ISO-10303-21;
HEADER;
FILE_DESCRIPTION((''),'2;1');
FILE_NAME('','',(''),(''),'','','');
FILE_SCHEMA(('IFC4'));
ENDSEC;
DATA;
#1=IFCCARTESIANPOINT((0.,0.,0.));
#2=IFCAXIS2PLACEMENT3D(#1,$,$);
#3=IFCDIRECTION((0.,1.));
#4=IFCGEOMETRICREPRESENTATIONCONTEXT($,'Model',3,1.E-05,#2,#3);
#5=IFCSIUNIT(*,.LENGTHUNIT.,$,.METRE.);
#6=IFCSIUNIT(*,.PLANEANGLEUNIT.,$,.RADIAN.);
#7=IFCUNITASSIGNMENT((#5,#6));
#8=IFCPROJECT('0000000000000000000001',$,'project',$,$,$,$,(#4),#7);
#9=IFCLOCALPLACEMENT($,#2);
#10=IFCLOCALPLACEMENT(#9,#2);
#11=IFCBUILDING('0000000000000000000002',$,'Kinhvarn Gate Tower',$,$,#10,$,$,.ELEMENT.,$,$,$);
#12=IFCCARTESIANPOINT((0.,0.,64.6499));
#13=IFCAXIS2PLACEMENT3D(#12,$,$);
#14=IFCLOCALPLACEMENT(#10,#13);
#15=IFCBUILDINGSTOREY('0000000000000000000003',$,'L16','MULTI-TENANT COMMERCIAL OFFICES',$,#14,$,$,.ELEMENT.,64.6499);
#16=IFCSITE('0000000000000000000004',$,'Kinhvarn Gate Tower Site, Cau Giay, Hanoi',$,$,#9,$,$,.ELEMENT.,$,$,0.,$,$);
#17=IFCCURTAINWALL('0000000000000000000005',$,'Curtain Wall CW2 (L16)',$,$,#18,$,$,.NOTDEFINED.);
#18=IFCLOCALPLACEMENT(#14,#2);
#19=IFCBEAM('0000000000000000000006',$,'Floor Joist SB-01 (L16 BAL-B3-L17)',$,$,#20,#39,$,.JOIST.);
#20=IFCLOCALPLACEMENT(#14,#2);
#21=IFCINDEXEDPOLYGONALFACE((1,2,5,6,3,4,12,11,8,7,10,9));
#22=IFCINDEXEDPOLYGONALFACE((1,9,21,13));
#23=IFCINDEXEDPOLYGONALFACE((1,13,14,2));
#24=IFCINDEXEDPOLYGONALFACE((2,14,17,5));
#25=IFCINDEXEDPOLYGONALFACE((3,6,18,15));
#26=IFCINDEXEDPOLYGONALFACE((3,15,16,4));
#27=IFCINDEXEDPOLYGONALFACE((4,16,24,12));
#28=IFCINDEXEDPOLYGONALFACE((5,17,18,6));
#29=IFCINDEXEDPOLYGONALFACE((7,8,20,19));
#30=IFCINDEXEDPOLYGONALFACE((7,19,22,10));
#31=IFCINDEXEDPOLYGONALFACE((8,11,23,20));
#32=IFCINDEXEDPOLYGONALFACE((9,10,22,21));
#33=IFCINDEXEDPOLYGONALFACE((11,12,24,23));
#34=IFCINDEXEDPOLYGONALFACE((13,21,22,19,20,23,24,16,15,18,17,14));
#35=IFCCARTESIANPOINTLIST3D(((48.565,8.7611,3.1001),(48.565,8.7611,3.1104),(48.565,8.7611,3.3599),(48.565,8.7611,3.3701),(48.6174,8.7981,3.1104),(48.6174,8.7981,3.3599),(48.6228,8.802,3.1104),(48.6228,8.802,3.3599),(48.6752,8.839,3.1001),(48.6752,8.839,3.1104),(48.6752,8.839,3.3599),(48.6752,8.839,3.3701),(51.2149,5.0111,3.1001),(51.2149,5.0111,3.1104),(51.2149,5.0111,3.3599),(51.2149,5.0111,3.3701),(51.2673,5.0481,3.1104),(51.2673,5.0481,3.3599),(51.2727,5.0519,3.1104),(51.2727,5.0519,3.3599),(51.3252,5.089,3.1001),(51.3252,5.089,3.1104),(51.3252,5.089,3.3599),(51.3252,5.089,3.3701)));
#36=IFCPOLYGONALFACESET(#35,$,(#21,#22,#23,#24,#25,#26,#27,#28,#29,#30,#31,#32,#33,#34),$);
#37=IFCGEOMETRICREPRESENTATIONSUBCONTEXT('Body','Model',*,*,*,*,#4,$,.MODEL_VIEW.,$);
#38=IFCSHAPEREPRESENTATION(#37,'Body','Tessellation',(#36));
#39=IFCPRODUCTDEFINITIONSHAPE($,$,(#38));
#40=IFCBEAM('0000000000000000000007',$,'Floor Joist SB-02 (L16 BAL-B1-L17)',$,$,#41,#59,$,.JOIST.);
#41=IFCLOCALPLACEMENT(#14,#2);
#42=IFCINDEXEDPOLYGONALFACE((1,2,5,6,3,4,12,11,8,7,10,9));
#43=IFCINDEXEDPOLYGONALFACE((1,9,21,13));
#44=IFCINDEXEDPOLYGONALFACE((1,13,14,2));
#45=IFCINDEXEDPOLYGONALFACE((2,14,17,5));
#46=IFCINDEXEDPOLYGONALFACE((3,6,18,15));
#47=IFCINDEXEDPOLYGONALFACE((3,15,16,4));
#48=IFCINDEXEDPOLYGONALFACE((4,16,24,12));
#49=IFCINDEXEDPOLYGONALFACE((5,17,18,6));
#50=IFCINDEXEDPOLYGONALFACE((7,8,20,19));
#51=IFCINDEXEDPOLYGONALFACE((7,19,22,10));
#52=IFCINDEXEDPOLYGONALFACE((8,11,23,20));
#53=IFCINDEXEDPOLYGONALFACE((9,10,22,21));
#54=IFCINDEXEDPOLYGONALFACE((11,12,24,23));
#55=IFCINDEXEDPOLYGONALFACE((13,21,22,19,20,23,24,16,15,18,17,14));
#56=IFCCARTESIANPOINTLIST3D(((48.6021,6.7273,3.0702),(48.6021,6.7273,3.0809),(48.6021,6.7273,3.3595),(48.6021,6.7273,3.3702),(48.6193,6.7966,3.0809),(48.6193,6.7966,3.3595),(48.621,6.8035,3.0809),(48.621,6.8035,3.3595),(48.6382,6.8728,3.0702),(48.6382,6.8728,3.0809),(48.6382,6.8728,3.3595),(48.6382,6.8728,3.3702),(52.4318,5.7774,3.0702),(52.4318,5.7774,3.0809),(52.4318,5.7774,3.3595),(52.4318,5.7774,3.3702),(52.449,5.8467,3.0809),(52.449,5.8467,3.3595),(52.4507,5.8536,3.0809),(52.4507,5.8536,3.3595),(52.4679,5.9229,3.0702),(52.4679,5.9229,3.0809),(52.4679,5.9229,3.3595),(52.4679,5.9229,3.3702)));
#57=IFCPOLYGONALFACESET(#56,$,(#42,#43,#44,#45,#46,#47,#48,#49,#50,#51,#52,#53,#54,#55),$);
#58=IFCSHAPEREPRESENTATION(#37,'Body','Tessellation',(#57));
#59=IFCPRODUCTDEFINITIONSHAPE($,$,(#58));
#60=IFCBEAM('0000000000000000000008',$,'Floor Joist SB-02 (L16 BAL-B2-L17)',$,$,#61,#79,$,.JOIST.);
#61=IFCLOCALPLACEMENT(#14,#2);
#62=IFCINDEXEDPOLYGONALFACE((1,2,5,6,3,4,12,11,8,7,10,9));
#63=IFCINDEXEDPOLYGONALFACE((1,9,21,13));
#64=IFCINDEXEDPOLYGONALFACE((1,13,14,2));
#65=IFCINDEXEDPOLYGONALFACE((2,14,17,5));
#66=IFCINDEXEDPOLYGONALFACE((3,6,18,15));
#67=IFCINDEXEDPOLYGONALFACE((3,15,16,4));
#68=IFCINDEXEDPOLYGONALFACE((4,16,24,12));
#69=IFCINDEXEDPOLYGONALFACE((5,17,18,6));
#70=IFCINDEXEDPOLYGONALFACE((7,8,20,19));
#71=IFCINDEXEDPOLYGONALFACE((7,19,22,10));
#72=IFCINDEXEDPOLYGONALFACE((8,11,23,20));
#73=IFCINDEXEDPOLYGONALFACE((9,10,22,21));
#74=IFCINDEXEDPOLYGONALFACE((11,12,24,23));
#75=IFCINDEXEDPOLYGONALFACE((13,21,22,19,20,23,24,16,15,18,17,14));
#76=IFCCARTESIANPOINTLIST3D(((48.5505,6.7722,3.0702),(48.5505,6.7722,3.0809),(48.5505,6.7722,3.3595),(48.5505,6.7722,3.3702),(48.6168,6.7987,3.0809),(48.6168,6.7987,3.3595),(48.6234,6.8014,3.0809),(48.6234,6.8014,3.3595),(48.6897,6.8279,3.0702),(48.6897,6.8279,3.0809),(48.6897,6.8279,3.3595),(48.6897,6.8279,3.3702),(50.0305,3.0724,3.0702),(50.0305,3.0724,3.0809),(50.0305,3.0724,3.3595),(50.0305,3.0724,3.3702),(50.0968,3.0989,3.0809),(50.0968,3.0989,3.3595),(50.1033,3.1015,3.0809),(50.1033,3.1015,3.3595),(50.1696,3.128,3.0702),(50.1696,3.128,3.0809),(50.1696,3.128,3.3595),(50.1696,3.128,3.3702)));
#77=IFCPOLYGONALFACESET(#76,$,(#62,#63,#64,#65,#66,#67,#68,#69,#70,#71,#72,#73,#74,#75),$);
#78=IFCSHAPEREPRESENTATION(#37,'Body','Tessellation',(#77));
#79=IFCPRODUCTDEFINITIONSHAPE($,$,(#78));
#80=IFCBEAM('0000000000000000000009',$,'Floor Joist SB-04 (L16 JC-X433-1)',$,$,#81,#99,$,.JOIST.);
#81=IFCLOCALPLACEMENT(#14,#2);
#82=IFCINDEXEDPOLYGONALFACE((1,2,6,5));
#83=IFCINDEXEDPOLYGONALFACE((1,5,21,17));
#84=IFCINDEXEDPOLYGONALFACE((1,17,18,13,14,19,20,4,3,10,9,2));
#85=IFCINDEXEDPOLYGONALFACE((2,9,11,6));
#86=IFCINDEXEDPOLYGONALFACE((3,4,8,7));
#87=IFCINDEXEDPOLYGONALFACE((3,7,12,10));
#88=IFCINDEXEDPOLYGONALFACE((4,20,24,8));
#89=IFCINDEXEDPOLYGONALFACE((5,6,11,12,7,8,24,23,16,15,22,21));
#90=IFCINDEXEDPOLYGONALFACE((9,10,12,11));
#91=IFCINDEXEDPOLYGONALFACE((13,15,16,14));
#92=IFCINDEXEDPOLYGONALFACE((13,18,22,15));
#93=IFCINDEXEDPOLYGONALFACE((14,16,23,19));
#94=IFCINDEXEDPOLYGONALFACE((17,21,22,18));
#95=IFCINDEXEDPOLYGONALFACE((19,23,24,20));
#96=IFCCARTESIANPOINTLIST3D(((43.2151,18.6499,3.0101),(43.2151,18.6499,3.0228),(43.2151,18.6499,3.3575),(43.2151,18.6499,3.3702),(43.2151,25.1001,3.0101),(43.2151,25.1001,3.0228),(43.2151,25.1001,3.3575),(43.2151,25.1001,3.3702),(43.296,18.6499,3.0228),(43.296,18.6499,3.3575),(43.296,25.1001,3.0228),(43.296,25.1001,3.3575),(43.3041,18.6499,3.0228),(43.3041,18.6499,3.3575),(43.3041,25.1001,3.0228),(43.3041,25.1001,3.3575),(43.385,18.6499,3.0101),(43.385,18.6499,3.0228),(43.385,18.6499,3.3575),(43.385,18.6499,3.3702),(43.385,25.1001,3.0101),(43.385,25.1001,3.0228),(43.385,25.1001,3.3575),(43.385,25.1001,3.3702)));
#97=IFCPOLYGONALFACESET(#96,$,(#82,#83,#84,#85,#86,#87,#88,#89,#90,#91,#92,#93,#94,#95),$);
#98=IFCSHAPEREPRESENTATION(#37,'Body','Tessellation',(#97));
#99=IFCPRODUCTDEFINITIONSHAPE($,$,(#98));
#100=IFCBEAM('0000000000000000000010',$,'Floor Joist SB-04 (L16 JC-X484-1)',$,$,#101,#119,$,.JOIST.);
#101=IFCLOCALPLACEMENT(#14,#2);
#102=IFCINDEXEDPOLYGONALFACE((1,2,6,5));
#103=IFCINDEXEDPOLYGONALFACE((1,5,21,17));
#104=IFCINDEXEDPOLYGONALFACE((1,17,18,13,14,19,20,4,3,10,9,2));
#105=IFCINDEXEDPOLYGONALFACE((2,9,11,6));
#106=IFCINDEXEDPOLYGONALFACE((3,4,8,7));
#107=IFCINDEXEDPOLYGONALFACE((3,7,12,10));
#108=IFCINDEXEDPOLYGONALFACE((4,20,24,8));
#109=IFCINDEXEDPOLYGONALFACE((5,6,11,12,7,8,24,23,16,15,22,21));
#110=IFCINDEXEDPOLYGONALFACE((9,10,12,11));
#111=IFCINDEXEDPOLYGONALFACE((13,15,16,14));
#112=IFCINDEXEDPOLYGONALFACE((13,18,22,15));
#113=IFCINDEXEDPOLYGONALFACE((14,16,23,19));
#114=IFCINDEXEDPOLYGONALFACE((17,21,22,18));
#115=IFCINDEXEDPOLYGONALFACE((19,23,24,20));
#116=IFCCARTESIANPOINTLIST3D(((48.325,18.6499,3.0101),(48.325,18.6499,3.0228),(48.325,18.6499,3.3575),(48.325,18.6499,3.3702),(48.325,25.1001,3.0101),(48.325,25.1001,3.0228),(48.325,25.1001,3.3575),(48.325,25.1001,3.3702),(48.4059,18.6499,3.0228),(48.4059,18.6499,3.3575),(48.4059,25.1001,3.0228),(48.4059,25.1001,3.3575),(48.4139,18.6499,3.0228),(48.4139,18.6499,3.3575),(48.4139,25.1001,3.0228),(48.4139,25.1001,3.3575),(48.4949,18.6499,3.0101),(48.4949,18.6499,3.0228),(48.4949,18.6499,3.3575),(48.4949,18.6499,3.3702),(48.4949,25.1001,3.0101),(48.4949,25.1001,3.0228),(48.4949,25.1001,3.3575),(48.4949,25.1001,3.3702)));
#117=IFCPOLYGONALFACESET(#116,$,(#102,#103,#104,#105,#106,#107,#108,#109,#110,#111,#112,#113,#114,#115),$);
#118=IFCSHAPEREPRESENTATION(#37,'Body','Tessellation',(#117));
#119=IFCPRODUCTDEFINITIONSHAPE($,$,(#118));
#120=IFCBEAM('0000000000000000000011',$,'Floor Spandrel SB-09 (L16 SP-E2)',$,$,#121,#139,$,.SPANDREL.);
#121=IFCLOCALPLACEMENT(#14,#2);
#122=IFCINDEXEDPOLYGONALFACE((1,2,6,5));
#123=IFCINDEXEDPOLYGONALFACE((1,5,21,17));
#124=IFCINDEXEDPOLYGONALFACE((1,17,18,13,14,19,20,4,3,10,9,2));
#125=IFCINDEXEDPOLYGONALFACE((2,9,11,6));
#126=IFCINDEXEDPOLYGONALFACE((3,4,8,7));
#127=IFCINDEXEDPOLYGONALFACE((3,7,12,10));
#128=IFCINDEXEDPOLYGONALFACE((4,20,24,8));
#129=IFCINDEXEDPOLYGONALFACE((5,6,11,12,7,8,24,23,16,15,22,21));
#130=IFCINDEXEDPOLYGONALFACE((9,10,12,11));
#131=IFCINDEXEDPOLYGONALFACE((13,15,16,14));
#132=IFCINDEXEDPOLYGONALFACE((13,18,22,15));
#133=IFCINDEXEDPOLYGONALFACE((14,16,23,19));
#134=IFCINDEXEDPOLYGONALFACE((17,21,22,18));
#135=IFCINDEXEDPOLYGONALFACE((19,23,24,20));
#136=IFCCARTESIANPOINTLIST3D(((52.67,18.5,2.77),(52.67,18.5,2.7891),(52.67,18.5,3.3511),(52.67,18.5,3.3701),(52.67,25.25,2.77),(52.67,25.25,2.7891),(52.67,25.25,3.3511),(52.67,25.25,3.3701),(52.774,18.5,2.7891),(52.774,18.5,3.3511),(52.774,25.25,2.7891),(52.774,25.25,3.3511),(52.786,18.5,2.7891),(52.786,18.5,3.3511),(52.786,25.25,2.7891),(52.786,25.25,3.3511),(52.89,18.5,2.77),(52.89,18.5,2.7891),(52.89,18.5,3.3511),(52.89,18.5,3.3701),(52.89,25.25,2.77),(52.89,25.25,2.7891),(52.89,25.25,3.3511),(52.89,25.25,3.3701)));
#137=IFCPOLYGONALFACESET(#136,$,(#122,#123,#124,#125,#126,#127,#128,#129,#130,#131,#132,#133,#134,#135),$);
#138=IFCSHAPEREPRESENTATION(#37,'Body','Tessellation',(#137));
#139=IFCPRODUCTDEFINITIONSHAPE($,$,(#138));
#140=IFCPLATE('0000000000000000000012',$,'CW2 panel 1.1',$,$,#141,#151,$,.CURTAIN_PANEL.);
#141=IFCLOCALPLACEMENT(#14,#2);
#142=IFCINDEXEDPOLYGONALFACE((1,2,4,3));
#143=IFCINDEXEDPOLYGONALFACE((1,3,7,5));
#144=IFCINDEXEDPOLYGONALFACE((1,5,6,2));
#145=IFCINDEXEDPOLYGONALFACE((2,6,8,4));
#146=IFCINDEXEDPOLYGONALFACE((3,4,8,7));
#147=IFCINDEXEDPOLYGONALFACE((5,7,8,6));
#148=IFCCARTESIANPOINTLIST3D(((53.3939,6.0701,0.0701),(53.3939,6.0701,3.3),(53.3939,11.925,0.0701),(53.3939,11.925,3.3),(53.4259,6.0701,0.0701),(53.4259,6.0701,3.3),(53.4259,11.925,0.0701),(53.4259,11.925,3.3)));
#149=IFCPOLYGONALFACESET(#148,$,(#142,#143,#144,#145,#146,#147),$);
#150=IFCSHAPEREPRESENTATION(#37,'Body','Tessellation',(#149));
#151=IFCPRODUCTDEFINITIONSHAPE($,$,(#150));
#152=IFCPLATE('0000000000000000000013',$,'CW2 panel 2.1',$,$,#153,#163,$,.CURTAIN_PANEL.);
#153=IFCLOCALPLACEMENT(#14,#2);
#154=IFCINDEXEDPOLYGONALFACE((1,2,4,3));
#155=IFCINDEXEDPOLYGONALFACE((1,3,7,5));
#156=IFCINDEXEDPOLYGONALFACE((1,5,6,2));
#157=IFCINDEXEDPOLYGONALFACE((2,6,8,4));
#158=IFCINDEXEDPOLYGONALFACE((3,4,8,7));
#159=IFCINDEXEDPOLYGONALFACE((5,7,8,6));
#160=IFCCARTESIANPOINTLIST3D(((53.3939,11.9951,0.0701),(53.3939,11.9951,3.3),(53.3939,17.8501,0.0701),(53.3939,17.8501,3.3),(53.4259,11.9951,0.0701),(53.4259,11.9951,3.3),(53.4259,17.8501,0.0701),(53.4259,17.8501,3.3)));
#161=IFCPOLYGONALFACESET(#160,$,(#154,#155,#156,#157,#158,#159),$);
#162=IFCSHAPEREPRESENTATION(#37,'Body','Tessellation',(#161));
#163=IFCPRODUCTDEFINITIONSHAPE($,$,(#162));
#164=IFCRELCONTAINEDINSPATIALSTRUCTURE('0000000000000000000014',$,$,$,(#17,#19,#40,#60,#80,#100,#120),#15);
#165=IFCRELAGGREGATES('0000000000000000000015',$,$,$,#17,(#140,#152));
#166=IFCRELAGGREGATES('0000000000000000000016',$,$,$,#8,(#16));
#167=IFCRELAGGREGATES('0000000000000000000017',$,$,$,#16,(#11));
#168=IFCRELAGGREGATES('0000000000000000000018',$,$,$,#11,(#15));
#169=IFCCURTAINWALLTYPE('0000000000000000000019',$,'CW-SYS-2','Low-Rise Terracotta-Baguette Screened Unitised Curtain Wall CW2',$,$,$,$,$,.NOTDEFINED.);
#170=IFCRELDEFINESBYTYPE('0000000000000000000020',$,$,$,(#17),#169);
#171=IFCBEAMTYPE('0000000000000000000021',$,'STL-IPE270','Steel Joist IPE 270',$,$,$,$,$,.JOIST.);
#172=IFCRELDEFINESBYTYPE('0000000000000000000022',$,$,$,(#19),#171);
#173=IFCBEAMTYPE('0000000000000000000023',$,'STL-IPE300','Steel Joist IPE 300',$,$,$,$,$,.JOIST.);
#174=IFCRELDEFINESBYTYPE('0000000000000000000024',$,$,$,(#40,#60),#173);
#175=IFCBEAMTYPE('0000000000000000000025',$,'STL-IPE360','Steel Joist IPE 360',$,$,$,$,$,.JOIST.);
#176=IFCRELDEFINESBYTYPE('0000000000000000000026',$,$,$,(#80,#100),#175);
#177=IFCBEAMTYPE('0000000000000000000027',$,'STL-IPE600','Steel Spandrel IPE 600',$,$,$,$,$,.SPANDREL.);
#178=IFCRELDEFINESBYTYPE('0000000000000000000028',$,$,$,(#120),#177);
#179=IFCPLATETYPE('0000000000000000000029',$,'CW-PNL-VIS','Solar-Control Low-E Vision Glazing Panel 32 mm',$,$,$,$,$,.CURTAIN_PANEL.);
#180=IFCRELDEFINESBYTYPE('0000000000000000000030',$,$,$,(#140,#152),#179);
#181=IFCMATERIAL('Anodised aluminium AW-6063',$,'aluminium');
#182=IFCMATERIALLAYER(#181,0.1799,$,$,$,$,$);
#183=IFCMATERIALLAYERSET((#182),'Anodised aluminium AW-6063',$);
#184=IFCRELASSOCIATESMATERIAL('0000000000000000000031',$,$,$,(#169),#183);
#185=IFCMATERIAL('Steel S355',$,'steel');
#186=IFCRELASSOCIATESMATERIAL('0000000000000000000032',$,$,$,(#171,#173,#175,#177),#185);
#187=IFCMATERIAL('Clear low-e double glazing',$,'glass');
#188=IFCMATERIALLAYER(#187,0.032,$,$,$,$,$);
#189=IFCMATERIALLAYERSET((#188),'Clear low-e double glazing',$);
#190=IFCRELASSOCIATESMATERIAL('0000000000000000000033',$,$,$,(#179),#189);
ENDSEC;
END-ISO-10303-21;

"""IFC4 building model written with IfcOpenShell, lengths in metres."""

from ifc_helpers import new_model, si_unit, direction, frame, origin, origin_2d, place, context, subcontext, project, spatial, rectangle, i_section, extrude, material, layer, layer_set, material_profile, profile_set, type_object, element, aggregate, save


model = new_model("IFC4")

# Units and contexts
model_context = context("Model", 3, precision=1e-05, world=origin(), true_north=direction((0.0, 1.0)))
body_context = subcontext(model_context, "Body", "Model", "MODEL_VIEW")
ifc_project = project(units=[si_unit("LENGTHUNIT", "METRE"), si_unit("PLANEANGLEUNIT", "RADIAN")], contexts=[model_context])

# Site, building, storey
site_placement = place(None, origin())
site = spatial("IfcSite", under=ifc_project, at=site_placement, Name="Kinhvarn Gate Tower Site, Cau Giay, Hanoi", CompositionType="ELEMENT", RefElevation=0.0)
building_placement = place(site_placement, origin())
building = spatial("IfcBuilding", under=site, at=building_placement, Name="Kinhvarn Gate Tower", CompositionType="ELEMENT")
storey_placement = place(building_placement, frame((0.0, 0.0, 64.6499)))
storey = spatial("IfcBuildingStorey", under=building, at=storey_placement, Name="L16", Description="MULTI-TENANT COMMERCIAL OFFICES", CompositionType="ELEMENT", Elevation=64.6499)

# Curtain wall
ifc_material_1 = material(Name="Anodised aluminium AW-6063", Category="aluminium")
ifc_layer_1 = layer(ifc_material_1, 0.1799)
ifc_layer_set_1 = layer_set([ifc_layer_1], Name="Anodised aluminium AW-6063")
curtain_wall_type = type_object("IfcCurtainWallType", Name="CW-SYS-2", Description="Low-Rise Terracotta-Baguette Screened Unitised Curtain Wall CW2", PredefinedType="NOTDEFINED", material=ifc_layer_set_1)
curtain_wall_1_placement = place(storey_placement, origin())
curtain_wall_1 = element("IfcCurtainWall", 1, at=curtain_wall_1_placement, inside=storey, type_object=curtain_wall_type, Name="Curtain Wall CW2 (L16)", PredefinedType="NOTDEFINED")

# Beams
ifc_material_2 = material(Name="Steel S355", Category="steel")
ifc_material_profile_1 = material_profile(ifc_material_2, i_section(OverallWidth=0.135, OverallDepth=0.27, WebThickness=0.0066, FlangeThickness=0.0103, at=origin_2d()), Name="IPE 270")
ifc_profile_set_1 = profile_set([ifc_material_profile_1], Name="Steel S355")
beam_type_1 = type_object("IfcBeamType", Name="STL-IPE270", Description="Steel Joist IPE 270", PredefinedType="JOIST", material=ifc_profile_set_1)
beam_1_placement = place(storey_placement, frame((48.6201, 8.8, 3.2351), z_axis=(0.577096, -0.816676, 0.0), x_axis=(0.816676, 0.577096, 0.0)))
element("IfcBeam", 2, at=beam_1_placement, inside=storey, type_object=beam_type_1, Name="Floor Joist SB-01 (L16 BAL-B3-L17)", PredefinedType="JOIST", context=body_context, shape_type="SweptSolid", body=[
    extrude(i_section(OverallWidth=0.135, OverallDepth=0.27, WebThickness=0.0066, FlangeThickness=0.0103, at=origin_2d()), origin(), (0.0, 0.0, 1.0), 4.5918),
])
ifc_material_profile_2 = material_profile(ifc_material_2, i_section(OverallWidth=0.1499, OverallDepth=0.3, WebThickness=0.0071, FlangeThickness=0.0107, at=origin_2d()), Name="IPE 300")
ifc_profile_set_2 = profile_set([ifc_material_profile_2], Name="Steel S355")
beam_type_2 = type_object("IfcBeamType", Name="STL-IPE300", Description="Steel Joist IPE 300", PredefinedType="JOIST", material=ifc_profile_set_2)
beam_2_placement = place(storey_placement, frame((48.6201, 6.8, 3.2202), z_axis=(0.970589, -0.240745, 0.0), x_axis=(0.240745, 0.970589, 0.0)))
element("IfcBeam", 3, at=beam_2_placement, inside=storey, type_object=beam_type_2, Name="Floor Joist SB-02 (L16 BAL-B1-L17)", PredefinedType="JOIST", context=body_context, shape_type="SweptSolid", body=[
    extrude(i_section(OverallWidth=0.1499, OverallDepth=0.3, WebThickness=0.0071, FlangeThickness=0.0107, at=origin_2d()), origin(), (0.0, 0.0, 1.0), 3.9458),
])
beam_3_placement = place(storey_placement, frame((48.6201, 6.8, 3.2202), z_axis=(0.371391, -0.928477, 0.0), x_axis=(0.928477, 0.371391, 0.0)))
element("IfcBeam", 4, at=beam_3_placement, inside=storey, type_object=beam_type_2, Name="Floor Joist SB-02 (L16 BAL-B2-L17)", PredefinedType="JOIST", context=body_context, shape_type="SweptSolid", body=[
    extrude(i_section(OverallWidth=0.1499, OverallDepth=0.3, WebThickness=0.0071, FlangeThickness=0.0107, at=origin_2d()), origin(), (0.0, 0.0, 1.0), 3.9849),
])
ifc_material_profile_3 = material_profile(ifc_material_2, i_section(OverallWidth=0.1699, OverallDepth=0.3601, WebThickness=0.0081, FlangeThickness=0.0127, at=origin_2d()), Name="IPE 360")
ifc_profile_set_3 = profile_set([ifc_material_profile_3], Name="Steel S355")
beam_type_3 = type_object("IfcBeamType", Name="STL-IPE360", Description="Steel Joist IPE 360", PredefinedType="JOIST", material=ifc_profile_set_3)
for number, where, z_axis, x_axis, name in (
    (5, (43.3, 18.6499, 3.1902), (0.0, 1.0, 0.0), (-1.0, 0.0, 0.0), "Floor Joist SB-04 (L16 JC-X433-1)"),
    (6, (48.4099, 18.6499, 3.1902), (0.0, 1.0, 0.0), (-1.0, 0.0, 0.0), "Floor Joist SB-04 (L16 JC-X484-1)"),
):
    element("IfcBeam", number, at=place(storey_placement, frame(where, z_axis=z_axis, x_axis=x_axis)), inside=storey, type_object=beam_type_3, Name=name, PredefinedType="JOIST", context=body_context, shape_type="SweptSolid", body=[
        extrude(i_section(OverallWidth=0.1699, OverallDepth=0.3601, WebThickness=0.0081, FlangeThickness=0.0127, at=origin_2d()), origin(), (0.0, 0.0, 1.0), 6.4502),
    ])
ifc_material_profile_4 = material_profile(ifc_material_2, i_section(OverallWidth=0.22, OverallDepth=0.6001, WebThickness=0.012, FlangeThickness=0.019, at=origin_2d()), Name="IPE 600")
ifc_profile_set_4 = profile_set([ifc_material_profile_4], Name="Steel S355")
beam_type_4 = type_object("IfcBeamType", Name="STL-IPE600", Description="Steel Spandrel IPE 600", PredefinedType="SPANDREL", material=ifc_profile_set_4)
beam_4_placement = place(storey_placement, frame((52.78, 18.5, 3.0701), z_axis=(0.0, 1.0, 0.0), x_axis=(-1.0, 0.0, 0.0)))
element("IfcBeam", 7, at=beam_4_placement, inside=storey, type_object=beam_type_4, Name="Floor Spandrel SB-09 (L16 SP-E2)", PredefinedType="SPANDREL", context=body_context, shape_type="SweptSolid", body=[
    extrude(i_section(OverallWidth=0.22, OverallDepth=0.6001, WebThickness=0.012, FlangeThickness=0.019, at=origin_2d()), origin(), (0.0, 0.0, 1.0), 6.75),
])

# Plates
ifc_material_3 = material(Name="Clear low-e double glazing", Category="glass")
ifc_layer_2 = layer(ifc_material_3, 0.032)
ifc_layer_set_2 = layer_set([ifc_layer_2], Name="Clear low-e double glazing")
plate_type = type_object("IfcPlateType", Name="CW-PNL-VIS", Description="Solar-Control Low-E Vision Glazing Panel 32 mm", PredefinedType="CURTAIN_PANEL", material=ifc_layer_set_2)
plate_1_placement = place(storey_placement, frame((53.4099, 8.9976, 0.0701), z_axis=(0.0, 0.0, 1.0), x_axis=(0.0, 1.0, 0.0)))
plate_1 = element("IfcPlate", 8, at=plate_1_placement, type_object=plate_type, Name="CW2 panel 1.1", PredefinedType="CURTAIN_PANEL", context=body_context, shape_type="SweptSolid", body=[
    extrude(rectangle(XDim=5.855, YDim=0.032, at=origin_2d()), origin(), (0.0, 0.0, 1.0), 3.23),
])
plate_2_placement = place(storey_placement, frame((53.4099, 14.9226, 0.0701), z_axis=(0.0, 0.0, 1.0), x_axis=(0.0, 1.0, 0.0)))
plate_2 = element("IfcPlate", 9, at=plate_2_placement, type_object=plate_type, Name="CW2 panel 2.1", PredefinedType="CURTAIN_PANEL", context=body_context, shape_type="SweptSolid", body=[
    extrude(rectangle(XDim=5.855, YDim=0.032, at=origin_2d()), origin(), (0.0, 0.0, 1.0), 3.23),
])
aggregate(curtain_wall_1, [plate_1, plate_2])

save(model, "model.ifc")
